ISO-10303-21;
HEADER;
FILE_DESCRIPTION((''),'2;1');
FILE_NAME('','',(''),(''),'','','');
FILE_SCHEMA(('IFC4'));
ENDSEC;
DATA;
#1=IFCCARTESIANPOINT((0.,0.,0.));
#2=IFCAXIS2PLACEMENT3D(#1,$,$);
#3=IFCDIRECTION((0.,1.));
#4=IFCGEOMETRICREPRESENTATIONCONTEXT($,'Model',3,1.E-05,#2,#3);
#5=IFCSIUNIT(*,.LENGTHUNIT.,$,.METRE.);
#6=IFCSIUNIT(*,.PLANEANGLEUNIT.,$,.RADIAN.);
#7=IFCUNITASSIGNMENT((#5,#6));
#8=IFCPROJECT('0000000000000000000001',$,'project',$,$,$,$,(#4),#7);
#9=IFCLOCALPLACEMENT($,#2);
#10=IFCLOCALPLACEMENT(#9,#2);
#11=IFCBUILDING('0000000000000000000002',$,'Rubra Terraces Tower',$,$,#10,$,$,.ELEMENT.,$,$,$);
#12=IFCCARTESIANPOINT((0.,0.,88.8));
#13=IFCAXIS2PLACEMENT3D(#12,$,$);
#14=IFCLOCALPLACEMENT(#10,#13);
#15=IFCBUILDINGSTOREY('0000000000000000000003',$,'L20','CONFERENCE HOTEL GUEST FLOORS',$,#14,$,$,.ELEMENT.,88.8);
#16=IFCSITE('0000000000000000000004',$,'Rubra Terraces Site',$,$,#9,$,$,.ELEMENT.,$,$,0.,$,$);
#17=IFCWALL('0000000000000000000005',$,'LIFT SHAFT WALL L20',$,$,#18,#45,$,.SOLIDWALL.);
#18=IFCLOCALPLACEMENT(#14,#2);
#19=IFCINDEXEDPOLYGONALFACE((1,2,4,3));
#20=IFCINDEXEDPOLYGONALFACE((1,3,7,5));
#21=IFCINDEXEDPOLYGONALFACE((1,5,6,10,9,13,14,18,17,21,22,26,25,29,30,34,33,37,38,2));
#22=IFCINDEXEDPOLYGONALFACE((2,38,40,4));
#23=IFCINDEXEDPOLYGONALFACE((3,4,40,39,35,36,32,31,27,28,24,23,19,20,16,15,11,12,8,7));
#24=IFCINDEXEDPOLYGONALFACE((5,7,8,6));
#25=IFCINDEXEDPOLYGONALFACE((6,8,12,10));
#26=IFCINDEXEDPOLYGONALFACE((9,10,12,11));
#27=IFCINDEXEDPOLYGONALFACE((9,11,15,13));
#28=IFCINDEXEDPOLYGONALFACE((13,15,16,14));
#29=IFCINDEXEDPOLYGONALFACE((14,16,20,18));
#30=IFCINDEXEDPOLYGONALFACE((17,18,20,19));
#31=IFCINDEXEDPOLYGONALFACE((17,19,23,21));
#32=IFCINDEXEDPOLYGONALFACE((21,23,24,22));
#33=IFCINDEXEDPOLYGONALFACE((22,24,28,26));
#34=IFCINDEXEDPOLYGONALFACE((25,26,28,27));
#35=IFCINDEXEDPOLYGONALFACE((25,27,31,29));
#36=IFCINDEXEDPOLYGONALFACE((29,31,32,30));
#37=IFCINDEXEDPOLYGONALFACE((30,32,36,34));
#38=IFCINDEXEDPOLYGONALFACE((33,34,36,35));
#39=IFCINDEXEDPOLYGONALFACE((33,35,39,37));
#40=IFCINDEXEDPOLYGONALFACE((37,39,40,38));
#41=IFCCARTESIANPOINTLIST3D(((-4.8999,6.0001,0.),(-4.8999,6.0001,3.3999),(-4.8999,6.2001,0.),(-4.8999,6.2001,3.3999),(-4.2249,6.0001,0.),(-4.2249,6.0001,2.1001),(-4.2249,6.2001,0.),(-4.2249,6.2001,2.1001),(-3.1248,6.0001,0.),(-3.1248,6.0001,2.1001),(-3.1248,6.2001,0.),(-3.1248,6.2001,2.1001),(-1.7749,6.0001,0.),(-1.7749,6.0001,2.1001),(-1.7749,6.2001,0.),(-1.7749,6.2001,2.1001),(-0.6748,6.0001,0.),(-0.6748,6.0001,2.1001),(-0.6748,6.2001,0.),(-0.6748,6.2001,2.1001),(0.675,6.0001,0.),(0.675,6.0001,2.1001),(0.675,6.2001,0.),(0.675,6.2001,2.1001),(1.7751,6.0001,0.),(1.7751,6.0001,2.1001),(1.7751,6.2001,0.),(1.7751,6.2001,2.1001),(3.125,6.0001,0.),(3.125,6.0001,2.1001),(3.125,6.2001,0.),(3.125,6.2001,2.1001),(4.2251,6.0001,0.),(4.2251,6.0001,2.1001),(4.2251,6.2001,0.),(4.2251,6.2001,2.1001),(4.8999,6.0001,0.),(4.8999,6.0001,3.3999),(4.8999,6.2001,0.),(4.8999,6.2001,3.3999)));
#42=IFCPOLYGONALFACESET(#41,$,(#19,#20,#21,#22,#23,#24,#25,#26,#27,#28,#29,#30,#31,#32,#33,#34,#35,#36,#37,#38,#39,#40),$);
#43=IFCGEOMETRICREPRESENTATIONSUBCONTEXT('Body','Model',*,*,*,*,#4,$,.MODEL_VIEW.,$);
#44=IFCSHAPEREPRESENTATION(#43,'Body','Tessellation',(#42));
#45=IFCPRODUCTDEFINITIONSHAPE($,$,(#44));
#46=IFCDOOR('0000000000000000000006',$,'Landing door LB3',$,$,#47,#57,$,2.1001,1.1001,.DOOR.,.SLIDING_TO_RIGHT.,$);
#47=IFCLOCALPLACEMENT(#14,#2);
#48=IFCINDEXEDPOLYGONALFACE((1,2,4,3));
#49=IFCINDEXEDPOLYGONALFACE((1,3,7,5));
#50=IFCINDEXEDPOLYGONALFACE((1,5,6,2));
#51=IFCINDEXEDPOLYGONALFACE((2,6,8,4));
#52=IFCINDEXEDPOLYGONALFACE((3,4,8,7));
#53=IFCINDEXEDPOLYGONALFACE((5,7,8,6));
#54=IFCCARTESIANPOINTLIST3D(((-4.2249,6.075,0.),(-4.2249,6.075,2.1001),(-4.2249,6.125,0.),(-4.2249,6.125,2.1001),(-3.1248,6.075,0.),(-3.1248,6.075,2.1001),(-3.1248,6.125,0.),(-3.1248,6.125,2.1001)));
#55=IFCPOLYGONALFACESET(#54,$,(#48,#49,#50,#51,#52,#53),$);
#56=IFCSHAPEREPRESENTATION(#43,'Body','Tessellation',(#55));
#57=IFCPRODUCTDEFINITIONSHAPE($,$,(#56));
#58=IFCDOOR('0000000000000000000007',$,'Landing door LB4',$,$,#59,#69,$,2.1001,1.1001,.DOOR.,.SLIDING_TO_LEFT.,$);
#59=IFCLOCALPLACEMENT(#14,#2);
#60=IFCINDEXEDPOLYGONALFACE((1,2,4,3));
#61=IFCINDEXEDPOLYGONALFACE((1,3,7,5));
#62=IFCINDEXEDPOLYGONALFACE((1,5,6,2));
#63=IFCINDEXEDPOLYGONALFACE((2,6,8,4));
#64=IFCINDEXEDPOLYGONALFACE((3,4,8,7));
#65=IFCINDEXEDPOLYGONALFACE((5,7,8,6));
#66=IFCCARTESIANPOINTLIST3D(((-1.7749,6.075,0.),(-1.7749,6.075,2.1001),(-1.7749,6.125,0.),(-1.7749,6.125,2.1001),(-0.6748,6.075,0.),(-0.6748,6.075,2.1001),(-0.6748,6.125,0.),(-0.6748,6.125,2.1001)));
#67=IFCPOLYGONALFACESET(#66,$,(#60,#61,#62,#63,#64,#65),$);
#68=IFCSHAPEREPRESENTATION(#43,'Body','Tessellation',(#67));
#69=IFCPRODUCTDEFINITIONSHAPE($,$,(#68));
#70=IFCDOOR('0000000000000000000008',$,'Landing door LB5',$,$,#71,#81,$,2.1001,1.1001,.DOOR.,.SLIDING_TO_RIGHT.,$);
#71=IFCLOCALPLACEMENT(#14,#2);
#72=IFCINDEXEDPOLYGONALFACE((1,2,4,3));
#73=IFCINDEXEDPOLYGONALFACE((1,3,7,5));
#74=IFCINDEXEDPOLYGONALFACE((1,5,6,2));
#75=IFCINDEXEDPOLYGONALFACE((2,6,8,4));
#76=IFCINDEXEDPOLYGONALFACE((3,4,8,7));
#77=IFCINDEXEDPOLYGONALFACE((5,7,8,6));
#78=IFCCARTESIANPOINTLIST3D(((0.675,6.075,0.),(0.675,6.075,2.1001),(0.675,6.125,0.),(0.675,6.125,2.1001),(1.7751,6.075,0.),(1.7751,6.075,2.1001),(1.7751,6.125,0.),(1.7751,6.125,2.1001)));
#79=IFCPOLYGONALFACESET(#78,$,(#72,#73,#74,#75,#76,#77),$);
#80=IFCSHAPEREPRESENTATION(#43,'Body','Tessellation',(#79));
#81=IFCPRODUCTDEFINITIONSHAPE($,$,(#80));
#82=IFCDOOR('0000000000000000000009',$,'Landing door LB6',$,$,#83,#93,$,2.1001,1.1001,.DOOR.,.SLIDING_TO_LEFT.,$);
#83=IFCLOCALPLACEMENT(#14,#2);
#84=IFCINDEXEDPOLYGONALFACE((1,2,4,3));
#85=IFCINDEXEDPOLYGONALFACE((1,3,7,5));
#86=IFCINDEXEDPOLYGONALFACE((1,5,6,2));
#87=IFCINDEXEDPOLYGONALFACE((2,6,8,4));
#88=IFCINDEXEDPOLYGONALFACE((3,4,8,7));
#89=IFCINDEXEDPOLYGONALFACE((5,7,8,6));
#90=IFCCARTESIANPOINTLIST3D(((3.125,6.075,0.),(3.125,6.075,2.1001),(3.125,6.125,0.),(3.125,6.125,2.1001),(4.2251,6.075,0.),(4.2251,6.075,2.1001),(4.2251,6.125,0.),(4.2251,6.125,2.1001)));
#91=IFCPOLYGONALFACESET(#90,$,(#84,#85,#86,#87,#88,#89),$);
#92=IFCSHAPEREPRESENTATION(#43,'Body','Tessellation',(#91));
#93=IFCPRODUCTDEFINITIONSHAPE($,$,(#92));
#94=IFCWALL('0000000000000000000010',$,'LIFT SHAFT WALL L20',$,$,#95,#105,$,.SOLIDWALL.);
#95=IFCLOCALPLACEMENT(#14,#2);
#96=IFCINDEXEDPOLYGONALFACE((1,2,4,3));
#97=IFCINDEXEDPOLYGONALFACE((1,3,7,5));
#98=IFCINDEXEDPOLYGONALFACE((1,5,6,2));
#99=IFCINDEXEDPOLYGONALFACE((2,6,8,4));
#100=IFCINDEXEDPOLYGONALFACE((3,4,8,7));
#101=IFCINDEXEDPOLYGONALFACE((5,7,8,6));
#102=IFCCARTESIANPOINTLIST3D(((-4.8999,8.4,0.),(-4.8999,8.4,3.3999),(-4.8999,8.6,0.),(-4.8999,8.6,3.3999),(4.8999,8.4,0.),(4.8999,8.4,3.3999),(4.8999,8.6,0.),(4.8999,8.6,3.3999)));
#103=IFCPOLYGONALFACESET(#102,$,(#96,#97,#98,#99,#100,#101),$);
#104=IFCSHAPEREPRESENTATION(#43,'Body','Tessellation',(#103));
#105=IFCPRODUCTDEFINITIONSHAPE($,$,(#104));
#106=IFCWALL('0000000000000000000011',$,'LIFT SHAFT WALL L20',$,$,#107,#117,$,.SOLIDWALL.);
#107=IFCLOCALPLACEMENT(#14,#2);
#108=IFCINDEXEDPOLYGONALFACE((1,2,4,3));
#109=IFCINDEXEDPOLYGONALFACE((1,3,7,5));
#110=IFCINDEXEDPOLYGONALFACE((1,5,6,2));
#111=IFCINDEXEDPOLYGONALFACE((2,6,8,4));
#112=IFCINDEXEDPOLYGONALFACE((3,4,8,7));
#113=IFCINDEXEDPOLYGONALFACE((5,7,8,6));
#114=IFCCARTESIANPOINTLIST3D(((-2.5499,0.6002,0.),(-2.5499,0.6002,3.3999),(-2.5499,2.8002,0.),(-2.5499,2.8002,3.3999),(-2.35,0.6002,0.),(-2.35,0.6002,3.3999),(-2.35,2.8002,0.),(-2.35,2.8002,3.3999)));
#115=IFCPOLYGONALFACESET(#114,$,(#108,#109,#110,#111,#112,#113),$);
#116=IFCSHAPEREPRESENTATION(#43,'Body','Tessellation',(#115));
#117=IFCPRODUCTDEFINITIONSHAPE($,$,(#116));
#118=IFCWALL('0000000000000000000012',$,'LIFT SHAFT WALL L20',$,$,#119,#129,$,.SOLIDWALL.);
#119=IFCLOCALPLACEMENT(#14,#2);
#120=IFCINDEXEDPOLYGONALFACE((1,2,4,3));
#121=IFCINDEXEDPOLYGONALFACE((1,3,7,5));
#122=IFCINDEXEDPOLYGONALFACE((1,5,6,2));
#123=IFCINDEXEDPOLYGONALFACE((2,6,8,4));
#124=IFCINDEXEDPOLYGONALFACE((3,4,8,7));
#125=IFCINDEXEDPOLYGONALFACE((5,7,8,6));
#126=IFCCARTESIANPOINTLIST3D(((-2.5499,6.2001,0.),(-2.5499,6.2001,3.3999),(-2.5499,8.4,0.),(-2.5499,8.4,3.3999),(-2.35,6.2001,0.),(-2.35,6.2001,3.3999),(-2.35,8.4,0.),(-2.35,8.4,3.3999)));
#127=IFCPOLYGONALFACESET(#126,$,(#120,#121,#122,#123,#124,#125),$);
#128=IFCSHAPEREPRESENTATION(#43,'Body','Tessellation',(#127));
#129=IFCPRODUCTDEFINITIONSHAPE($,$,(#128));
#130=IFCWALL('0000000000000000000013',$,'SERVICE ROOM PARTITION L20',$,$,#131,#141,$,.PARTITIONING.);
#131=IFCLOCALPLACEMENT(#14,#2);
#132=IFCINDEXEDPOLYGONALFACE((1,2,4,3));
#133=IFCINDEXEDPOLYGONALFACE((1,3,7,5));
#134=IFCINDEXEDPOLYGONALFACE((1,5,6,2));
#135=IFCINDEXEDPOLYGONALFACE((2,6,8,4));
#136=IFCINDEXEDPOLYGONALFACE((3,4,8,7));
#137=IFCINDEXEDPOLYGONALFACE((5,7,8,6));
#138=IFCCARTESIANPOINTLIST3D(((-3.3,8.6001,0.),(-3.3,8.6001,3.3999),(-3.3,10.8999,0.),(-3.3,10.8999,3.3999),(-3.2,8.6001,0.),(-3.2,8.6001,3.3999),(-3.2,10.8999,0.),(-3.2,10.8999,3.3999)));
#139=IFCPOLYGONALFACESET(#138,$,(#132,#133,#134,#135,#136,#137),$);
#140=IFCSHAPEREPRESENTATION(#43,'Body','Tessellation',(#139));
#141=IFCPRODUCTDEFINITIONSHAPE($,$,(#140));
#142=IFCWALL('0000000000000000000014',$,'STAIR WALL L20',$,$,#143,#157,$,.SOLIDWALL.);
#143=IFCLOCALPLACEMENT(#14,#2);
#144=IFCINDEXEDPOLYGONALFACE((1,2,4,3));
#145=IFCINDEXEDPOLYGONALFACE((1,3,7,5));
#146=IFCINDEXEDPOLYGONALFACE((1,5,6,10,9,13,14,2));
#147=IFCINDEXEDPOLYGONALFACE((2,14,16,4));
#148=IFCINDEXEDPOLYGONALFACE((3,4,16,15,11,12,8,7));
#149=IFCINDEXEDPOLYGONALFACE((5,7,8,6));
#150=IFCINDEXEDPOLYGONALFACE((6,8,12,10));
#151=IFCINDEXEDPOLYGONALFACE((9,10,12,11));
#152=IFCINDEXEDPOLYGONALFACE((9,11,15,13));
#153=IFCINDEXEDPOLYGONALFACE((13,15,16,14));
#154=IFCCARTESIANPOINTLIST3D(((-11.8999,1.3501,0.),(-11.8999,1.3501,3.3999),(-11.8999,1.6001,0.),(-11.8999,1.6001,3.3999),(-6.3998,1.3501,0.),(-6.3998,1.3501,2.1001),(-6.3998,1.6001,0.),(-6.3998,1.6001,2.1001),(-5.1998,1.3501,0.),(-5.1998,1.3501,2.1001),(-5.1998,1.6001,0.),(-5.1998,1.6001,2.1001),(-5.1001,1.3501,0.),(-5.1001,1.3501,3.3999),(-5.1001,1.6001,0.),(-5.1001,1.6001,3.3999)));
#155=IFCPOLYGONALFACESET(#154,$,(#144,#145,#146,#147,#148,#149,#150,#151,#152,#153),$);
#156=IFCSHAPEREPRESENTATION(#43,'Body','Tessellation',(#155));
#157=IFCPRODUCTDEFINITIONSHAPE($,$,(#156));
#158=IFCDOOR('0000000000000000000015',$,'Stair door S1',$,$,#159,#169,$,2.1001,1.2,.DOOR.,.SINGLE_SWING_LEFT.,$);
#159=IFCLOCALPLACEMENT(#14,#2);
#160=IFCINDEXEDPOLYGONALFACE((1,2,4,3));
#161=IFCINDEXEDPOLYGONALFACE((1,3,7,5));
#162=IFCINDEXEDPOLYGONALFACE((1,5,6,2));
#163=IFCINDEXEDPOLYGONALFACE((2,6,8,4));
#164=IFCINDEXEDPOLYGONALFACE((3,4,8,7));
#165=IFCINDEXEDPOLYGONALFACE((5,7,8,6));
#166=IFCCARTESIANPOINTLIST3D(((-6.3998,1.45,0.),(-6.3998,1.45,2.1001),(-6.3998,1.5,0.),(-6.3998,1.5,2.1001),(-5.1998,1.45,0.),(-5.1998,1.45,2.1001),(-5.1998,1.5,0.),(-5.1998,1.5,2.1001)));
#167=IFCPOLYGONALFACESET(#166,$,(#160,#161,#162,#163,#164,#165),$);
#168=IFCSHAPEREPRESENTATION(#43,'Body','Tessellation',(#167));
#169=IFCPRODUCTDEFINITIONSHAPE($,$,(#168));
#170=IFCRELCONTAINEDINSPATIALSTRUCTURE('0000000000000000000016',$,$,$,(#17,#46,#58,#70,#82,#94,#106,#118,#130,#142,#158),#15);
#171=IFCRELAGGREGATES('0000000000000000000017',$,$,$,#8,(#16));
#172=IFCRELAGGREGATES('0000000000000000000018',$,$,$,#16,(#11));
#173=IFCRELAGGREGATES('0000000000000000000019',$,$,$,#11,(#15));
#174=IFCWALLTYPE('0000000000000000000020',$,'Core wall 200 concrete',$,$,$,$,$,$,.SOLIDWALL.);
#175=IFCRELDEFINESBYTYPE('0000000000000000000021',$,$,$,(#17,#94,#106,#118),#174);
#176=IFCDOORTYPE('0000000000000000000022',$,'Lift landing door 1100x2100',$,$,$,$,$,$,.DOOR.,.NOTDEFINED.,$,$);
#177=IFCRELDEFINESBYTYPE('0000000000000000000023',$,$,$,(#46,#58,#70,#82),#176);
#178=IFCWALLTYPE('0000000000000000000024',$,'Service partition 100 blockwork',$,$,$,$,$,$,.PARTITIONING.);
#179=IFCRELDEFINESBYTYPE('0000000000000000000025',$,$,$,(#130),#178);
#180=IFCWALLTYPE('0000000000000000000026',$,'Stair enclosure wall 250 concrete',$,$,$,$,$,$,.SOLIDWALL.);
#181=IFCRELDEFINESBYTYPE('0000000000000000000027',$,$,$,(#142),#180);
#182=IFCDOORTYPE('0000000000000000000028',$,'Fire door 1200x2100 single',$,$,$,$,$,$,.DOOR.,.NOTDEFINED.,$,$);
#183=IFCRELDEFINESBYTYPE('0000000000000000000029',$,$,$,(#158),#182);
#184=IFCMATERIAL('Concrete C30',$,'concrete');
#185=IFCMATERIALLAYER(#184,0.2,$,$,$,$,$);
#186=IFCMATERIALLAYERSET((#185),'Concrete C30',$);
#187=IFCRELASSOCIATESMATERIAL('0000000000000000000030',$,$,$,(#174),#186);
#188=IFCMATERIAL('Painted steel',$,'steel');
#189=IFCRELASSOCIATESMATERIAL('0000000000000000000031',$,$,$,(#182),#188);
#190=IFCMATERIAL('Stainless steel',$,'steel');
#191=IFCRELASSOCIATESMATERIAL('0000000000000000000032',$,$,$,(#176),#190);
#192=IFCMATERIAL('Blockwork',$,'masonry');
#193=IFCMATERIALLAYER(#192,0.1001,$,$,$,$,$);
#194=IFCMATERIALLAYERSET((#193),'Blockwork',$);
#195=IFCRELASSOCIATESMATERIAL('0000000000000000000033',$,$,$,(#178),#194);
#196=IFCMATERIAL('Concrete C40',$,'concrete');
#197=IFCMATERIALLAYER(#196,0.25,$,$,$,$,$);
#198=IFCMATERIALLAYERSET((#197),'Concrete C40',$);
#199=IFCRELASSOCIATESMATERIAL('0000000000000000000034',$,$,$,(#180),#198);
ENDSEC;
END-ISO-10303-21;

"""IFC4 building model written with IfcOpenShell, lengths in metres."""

from ifc_helpers import new_model, si_unit, direction, frame, frame_2d, origin, place, context, subcontext, project, spatial, rectangle, extrude, material, layer, layer_set, type_object, element, fill, save


model = new_model("IFC4")

# Units and contexts
model_context = context("Model", 3, precision=1e-05, world=origin(), true_north=direction((0.0, 1.0)))
body_context = subcontext(model_context, "Body", "Model", "MODEL_VIEW")
ifc_project = project(units=[si_unit("LENGTHUNIT", "METRE"), si_unit("PLANEANGLEUNIT", "RADIAN")], contexts=[model_context])

# Site, building, storey
site_placement = place(None, origin())
site = spatial("IfcSite", under=ifc_project, at=site_placement, Name="Rubra Terraces Site", CompositionType="ELEMENT", RefElevation=0.0)
building_placement = place(site_placement, origin())
building = spatial("IfcBuilding", under=site, at=building_placement, Name="Rubra Terraces Tower", CompositionType="ELEMENT")
storey_placement = place(building_placement, frame((0.0, 0.0, 88.8)))
storey = spatial("IfcBuildingStorey", under=building, at=storey_placement, Name="L20", Description="CONFERENCE HOTEL GUEST FLOORS", CompositionType="ELEMENT", Elevation=88.8)

# Shared definitions
ifc_material_1 = material(Name="Concrete C40", Category="concrete")

# Shared definitions
ifc_material_2 = material(Name="Concrete C30", Category="concrete")
ifc_layer_1 = layer(ifc_material_2, 0.2)
ifc_layer_set_1 = layer_set([ifc_layer_1], Name="Concrete C30")
wall_type_1 = type_object("IfcWallType", Name="Core wall 200 concrete", PredefinedType="SOLIDWALL", material=ifc_layer_set_1)
ifc_material_3 = material(Name="Painted steel", Category="steel")
door_type_1 = type_object("IfcDoorType", Name="Fire door 1200x2100 single", OperationType="NOTDEFINED", PredefinedType="DOOR", material=ifc_material_3)
ifc_material_4 = material(Name="Stainless steel", Category="steel")

# Wall, openings, doors
door_type_2 = type_object("IfcDoorType", Name="Lift landing door 1100x2100", OperationType="NOTDEFINED", PredefinedType="DOOR", material=ifc_material_4)
wall_1_placement = place(storey_placement, frame((-4.8999, 6.1001, 0.0), z_axis=(0.0, 0.0, 1.0), x_axis=(1.0, 0.0, 0.0)))
wall_1 = element("IfcWall", 1, at=wall_1_placement, inside=storey, type_object=wall_type_1, Name="LIFT SHAFT WALL L20", PredefinedType="SOLIDWALL", context=body_context, shape_type="SweptSolid", body=[
    extrude(rectangle(XDim=9.7998, YDim=0.2, at=frame_2d((4.8999, 0.0))), origin(), (0.0, 0.0, 1.0), 3.3999),
])
opening_1_placement = place(wall_1_placement, frame((0.675, 0.0, 0.0)))
opening_1 = element("IfcOpeningElement", 2, at=opening_1_placement, cuts=wall_1, PredefinedType="OPENING", context=body_context, shape_type="SweptSolid", body=[
    extrude(rectangle(XDim=1.1001, YDim=2.1001, at=frame_2d((0.55, 1.05))), frame((0.0, 0.1099, 0.0), z_axis=(0.0, -1.0, 0.0), x_axis=(1.0, 0.0, 0.0)), (0.0, 0.0, 1.0), 0.22),
])
opening_2_placement = place(wall_1_placement, frame((3.125, 0.0, 0.0)))
opening_2 = element("IfcOpeningElement", 3, at=opening_2_placement, cuts=wall_1, PredefinedType="OPENING", context=body_context, shape_type="SweptSolid", body=[
    extrude(rectangle(XDim=1.1001, YDim=2.1001, at=frame_2d((0.55, 1.05))), frame((0.0, 0.1099, 0.0), z_axis=(0.0, -1.0, 0.0), x_axis=(1.0, 0.0, 0.0)), (0.0, 0.0, 1.0), 0.22),
])
opening_3_placement = place(wall_1_placement, frame((5.575, 0.0, 0.0)))
opening_3 = element("IfcOpeningElement", 4, at=opening_3_placement, cuts=wall_1, PredefinedType="OPENING", context=body_context, shape_type="SweptSolid", body=[
    extrude(rectangle(XDim=1.1001, YDim=2.1001, at=frame_2d((0.55, 1.05))), frame((0.0, 0.1099, 0.0), z_axis=(0.0, -1.0, 0.0), x_axis=(1.0, 0.0, 0.0)), (0.0, 0.0, 1.0), 0.22),
])
opening_4_placement = place(wall_1_placement, frame((8.0249, 0.0, 0.0)))
opening_4 = element("IfcOpeningElement", 5, at=opening_4_placement, cuts=wall_1, PredefinedType="OPENING", context=body_context, shape_type="SweptSolid", body=[
    extrude(rectangle(XDim=1.1001, YDim=2.1001, at=frame_2d((0.55, 1.05))), frame((0.0, 0.1099, 0.0), z_axis=(0.0, -1.0, 0.0), x_axis=(1.0, 0.0, 0.0)), (0.0, 0.0, 1.0), 0.22),
])
door_1_placement = place(opening_1_placement, origin())
door_1 = element("IfcDoor", 6, at=door_1_placement, inside=storey, type_object=door_type_2, Name="Landing door LB3", OperationType="SLIDING_TO_RIGHT", OverallHeight=2.1001, OverallWidth=1.1001, PredefinedType="DOOR", context=body_context, shape_type="SweptSolid", body=[
    extrude(rectangle(XDim=1.1001, YDim=2.1001, at=frame_2d((0.55, 1.05))), frame((0.0, 0.0249, 0.0), z_axis=(0.0, -1.0, 0.0), x_axis=(1.0, 0.0, 0.0)), (0.0, 0.0, 1.0), 0.05),
])
fill(opening_1, door_1)
door_2_placement = place(opening_2_placement, origin())
door_2 = element("IfcDoor", 7, at=door_2_placement, inside=storey, type_object=door_type_2, Name="Landing door LB4", OperationType="SLIDING_TO_LEFT", OverallHeight=2.1001, OverallWidth=1.1001, PredefinedType="DOOR", context=body_context, shape_type="SweptSolid", body=[
    extrude(rectangle(XDim=1.1001, YDim=2.1001, at=frame_2d((0.55, 1.05))), frame((0.0, 0.0249, 0.0), z_axis=(0.0, -1.0, 0.0), x_axis=(1.0, 0.0, 0.0)), (0.0, 0.0, 1.0), 0.05),
])
fill(opening_2, door_2)
door_3_placement = place(opening_3_placement, origin())
door_3 = element("IfcDoor", 8, at=door_3_placement, inside=storey, type_object=door_type_2, Name="Landing door LB5", OperationType="SLIDING_TO_RIGHT", OverallHeight=2.1001, OverallWidth=1.1001, PredefinedType="DOOR", context=body_context, shape_type="SweptSolid", body=[
    extrude(rectangle(XDim=1.1001, YDim=2.1001, at=frame_2d((0.55, 1.05))), frame((0.0, 0.0249, 0.0), z_axis=(0.0, -1.0, 0.0), x_axis=(1.0, 0.0, 0.0)), (0.0, 0.0, 1.0), 0.05),
])
fill(opening_3, door_3)
door_4_placement = place(opening_4_placement, origin())
door_4 = element("IfcDoor", 9, at=door_4_placement, inside=storey, type_object=door_type_2, Name="Landing door LB6", OperationType="SLIDING_TO_LEFT", OverallHeight=2.1001, OverallWidth=1.1001, PredefinedType="DOOR", context=body_context, shape_type="SweptSolid", body=[
    extrude(rectangle(XDim=1.1001, YDim=2.1001, at=frame_2d((0.55, 1.05))), frame((0.0, 0.0249, 0.0), z_axis=(0.0, -1.0, 0.0), x_axis=(1.0, 0.0, 0.0)), (0.0, 0.0, 1.0), 0.05),
])
fill(opening_4, door_4)

# Walls
wall_2_placement = place(storey_placement, frame((-4.8999, 8.5, 0.0), z_axis=(0.0, 0.0, 1.0), x_axis=(1.0, 0.0, 0.0)))
element("IfcWall", 10, at=wall_2_placement, inside=storey, type_object=wall_type_1, Name="LIFT SHAFT WALL L20", PredefinedType="SOLIDWALL", context=body_context, shape_type="SweptSolid", body=[
    extrude(rectangle(XDim=9.7998, YDim=0.2, at=frame_2d((4.8999, 0.0))), origin(), (0.0, 0.0, 1.0), 3.3999),
])
for number, where, z_axis, x_axis, name in (
    (11, (-2.45, 0.6001, 0.0), (0.0, 0.0, 1.0), (0.0, 1.0, 0.0), "LIFT SHAFT WALL L20"),
    (12, (-2.45, 6.2, 0.0), (0.0, 0.0, 1.0), (0.0, 1.0, 0.0), "LIFT SHAFT WALL L20"),
):
    element("IfcWall", number, at=place(storey_placement, frame(where, z_axis=z_axis, x_axis=x_axis)), inside=storey, type_object=wall_type_1, Name=name, PredefinedType="SOLIDWALL", context=body_context, shape_type="SweptSolid", body=[
        extrude(rectangle(XDim=2.2, YDim=0.2, at=frame_2d((1.1001, 0.0))), origin(), (0.0, 0.0, 1.0), 3.3999),
    ])
ifc_material_5 = material(Name="Blockwork", Category="masonry")
ifc_layer_2 = layer(ifc_material_5, 0.1001)
ifc_layer_set_2 = layer_set([ifc_layer_2], Name="Blockwork")
wall_type_2 = type_object("IfcWallType", Name="Service partition 100 blockwork", PredefinedType="PARTITIONING", material=ifc_layer_set_2)
wall_3_placement = place(storey_placement, frame((-3.25, 8.6001, 0.0), z_axis=(0.0, 0.0, 1.0), x_axis=(0.0, 1.0, 0.0)))
element("IfcWall", 13, at=wall_3_placement, inside=storey, type_object=wall_type_2, Name="SERVICE ROOM PARTITION L20", PredefinedType="PARTITIONING", context=body_context, shape_type="SweptSolid", body=[
    extrude(rectangle(XDim=2.2998, YDim=0.1001, at=frame_2d((1.1499, 0.0))), origin(), (0.0, 0.0, 1.0), 3.3999),
])

# Wall, opening, door
ifc_layer_3 = layer(ifc_material_1, 0.25)
ifc_layer_set_3 = layer_set([ifc_layer_3], Name="Concrete C40")
wall_type_3 = type_object("IfcWallType", Name="Stair enclosure wall 250 concrete", PredefinedType="SOLIDWALL", material=ifc_layer_set_3)
wall_4_placement = place(storey_placement, frame((-11.8999, 1.4751, 0.0), z_axis=(0.0, 0.0, 1.0), x_axis=(1.0, 0.0, 0.0)))
wall_4 = element("IfcWall", 14, at=wall_4_placement, inside=storey, type_object=wall_type_3, Name="STAIR WALL L20", PredefinedType="SOLIDWALL", context=body_context, shape_type="SweptSolid", body=[
    extrude(rectangle(XDim=6.7998, YDim=0.25, at=frame_2d((3.3999, 0.0))), origin(), (0.0, 0.0, 1.0), 3.3999),
])
opening_5_placement = place(wall_4_placement, frame((5.5, 0.0, 0.0)))
opening_5 = element("IfcOpeningElement", 15, at=opening_5_placement, cuts=wall_4, PredefinedType="OPENING", context=body_context, shape_type="SweptSolid", body=[
    extrude(rectangle(XDim=1.2, YDim=2.1001, at=frame_2d((0.6001, 1.05))), frame((0.0, 0.135, 0.0), z_axis=(0.0, -1.0, 0.0), x_axis=(1.0, 0.0, 0.0)), (0.0, 0.0, 1.0), 0.27),
])
door_5_placement = place(opening_5_placement, origin())
door_5 = element("IfcDoor", 16, at=door_5_placement, inside=storey, type_object=door_type_1, Name="Stair door S1", OperationType="SINGLE_SWING_LEFT", OverallHeight=2.1001, OverallWidth=1.2, PredefinedType="DOOR", context=body_context, shape_type="SweptSolid", body=[
    extrude(rectangle(XDim=1.2, YDim=2.1001, at=frame_2d((0.6001, 1.05))), frame((0.0, 0.0249, 0.0), z_axis=(0.0, -1.0, 0.0), x_axis=(1.0, 0.0, 0.0)), (0.0, 0.0, 1.0), 0.05),
])
fill(opening_5, door_5)

save(model, "model.ifc")
